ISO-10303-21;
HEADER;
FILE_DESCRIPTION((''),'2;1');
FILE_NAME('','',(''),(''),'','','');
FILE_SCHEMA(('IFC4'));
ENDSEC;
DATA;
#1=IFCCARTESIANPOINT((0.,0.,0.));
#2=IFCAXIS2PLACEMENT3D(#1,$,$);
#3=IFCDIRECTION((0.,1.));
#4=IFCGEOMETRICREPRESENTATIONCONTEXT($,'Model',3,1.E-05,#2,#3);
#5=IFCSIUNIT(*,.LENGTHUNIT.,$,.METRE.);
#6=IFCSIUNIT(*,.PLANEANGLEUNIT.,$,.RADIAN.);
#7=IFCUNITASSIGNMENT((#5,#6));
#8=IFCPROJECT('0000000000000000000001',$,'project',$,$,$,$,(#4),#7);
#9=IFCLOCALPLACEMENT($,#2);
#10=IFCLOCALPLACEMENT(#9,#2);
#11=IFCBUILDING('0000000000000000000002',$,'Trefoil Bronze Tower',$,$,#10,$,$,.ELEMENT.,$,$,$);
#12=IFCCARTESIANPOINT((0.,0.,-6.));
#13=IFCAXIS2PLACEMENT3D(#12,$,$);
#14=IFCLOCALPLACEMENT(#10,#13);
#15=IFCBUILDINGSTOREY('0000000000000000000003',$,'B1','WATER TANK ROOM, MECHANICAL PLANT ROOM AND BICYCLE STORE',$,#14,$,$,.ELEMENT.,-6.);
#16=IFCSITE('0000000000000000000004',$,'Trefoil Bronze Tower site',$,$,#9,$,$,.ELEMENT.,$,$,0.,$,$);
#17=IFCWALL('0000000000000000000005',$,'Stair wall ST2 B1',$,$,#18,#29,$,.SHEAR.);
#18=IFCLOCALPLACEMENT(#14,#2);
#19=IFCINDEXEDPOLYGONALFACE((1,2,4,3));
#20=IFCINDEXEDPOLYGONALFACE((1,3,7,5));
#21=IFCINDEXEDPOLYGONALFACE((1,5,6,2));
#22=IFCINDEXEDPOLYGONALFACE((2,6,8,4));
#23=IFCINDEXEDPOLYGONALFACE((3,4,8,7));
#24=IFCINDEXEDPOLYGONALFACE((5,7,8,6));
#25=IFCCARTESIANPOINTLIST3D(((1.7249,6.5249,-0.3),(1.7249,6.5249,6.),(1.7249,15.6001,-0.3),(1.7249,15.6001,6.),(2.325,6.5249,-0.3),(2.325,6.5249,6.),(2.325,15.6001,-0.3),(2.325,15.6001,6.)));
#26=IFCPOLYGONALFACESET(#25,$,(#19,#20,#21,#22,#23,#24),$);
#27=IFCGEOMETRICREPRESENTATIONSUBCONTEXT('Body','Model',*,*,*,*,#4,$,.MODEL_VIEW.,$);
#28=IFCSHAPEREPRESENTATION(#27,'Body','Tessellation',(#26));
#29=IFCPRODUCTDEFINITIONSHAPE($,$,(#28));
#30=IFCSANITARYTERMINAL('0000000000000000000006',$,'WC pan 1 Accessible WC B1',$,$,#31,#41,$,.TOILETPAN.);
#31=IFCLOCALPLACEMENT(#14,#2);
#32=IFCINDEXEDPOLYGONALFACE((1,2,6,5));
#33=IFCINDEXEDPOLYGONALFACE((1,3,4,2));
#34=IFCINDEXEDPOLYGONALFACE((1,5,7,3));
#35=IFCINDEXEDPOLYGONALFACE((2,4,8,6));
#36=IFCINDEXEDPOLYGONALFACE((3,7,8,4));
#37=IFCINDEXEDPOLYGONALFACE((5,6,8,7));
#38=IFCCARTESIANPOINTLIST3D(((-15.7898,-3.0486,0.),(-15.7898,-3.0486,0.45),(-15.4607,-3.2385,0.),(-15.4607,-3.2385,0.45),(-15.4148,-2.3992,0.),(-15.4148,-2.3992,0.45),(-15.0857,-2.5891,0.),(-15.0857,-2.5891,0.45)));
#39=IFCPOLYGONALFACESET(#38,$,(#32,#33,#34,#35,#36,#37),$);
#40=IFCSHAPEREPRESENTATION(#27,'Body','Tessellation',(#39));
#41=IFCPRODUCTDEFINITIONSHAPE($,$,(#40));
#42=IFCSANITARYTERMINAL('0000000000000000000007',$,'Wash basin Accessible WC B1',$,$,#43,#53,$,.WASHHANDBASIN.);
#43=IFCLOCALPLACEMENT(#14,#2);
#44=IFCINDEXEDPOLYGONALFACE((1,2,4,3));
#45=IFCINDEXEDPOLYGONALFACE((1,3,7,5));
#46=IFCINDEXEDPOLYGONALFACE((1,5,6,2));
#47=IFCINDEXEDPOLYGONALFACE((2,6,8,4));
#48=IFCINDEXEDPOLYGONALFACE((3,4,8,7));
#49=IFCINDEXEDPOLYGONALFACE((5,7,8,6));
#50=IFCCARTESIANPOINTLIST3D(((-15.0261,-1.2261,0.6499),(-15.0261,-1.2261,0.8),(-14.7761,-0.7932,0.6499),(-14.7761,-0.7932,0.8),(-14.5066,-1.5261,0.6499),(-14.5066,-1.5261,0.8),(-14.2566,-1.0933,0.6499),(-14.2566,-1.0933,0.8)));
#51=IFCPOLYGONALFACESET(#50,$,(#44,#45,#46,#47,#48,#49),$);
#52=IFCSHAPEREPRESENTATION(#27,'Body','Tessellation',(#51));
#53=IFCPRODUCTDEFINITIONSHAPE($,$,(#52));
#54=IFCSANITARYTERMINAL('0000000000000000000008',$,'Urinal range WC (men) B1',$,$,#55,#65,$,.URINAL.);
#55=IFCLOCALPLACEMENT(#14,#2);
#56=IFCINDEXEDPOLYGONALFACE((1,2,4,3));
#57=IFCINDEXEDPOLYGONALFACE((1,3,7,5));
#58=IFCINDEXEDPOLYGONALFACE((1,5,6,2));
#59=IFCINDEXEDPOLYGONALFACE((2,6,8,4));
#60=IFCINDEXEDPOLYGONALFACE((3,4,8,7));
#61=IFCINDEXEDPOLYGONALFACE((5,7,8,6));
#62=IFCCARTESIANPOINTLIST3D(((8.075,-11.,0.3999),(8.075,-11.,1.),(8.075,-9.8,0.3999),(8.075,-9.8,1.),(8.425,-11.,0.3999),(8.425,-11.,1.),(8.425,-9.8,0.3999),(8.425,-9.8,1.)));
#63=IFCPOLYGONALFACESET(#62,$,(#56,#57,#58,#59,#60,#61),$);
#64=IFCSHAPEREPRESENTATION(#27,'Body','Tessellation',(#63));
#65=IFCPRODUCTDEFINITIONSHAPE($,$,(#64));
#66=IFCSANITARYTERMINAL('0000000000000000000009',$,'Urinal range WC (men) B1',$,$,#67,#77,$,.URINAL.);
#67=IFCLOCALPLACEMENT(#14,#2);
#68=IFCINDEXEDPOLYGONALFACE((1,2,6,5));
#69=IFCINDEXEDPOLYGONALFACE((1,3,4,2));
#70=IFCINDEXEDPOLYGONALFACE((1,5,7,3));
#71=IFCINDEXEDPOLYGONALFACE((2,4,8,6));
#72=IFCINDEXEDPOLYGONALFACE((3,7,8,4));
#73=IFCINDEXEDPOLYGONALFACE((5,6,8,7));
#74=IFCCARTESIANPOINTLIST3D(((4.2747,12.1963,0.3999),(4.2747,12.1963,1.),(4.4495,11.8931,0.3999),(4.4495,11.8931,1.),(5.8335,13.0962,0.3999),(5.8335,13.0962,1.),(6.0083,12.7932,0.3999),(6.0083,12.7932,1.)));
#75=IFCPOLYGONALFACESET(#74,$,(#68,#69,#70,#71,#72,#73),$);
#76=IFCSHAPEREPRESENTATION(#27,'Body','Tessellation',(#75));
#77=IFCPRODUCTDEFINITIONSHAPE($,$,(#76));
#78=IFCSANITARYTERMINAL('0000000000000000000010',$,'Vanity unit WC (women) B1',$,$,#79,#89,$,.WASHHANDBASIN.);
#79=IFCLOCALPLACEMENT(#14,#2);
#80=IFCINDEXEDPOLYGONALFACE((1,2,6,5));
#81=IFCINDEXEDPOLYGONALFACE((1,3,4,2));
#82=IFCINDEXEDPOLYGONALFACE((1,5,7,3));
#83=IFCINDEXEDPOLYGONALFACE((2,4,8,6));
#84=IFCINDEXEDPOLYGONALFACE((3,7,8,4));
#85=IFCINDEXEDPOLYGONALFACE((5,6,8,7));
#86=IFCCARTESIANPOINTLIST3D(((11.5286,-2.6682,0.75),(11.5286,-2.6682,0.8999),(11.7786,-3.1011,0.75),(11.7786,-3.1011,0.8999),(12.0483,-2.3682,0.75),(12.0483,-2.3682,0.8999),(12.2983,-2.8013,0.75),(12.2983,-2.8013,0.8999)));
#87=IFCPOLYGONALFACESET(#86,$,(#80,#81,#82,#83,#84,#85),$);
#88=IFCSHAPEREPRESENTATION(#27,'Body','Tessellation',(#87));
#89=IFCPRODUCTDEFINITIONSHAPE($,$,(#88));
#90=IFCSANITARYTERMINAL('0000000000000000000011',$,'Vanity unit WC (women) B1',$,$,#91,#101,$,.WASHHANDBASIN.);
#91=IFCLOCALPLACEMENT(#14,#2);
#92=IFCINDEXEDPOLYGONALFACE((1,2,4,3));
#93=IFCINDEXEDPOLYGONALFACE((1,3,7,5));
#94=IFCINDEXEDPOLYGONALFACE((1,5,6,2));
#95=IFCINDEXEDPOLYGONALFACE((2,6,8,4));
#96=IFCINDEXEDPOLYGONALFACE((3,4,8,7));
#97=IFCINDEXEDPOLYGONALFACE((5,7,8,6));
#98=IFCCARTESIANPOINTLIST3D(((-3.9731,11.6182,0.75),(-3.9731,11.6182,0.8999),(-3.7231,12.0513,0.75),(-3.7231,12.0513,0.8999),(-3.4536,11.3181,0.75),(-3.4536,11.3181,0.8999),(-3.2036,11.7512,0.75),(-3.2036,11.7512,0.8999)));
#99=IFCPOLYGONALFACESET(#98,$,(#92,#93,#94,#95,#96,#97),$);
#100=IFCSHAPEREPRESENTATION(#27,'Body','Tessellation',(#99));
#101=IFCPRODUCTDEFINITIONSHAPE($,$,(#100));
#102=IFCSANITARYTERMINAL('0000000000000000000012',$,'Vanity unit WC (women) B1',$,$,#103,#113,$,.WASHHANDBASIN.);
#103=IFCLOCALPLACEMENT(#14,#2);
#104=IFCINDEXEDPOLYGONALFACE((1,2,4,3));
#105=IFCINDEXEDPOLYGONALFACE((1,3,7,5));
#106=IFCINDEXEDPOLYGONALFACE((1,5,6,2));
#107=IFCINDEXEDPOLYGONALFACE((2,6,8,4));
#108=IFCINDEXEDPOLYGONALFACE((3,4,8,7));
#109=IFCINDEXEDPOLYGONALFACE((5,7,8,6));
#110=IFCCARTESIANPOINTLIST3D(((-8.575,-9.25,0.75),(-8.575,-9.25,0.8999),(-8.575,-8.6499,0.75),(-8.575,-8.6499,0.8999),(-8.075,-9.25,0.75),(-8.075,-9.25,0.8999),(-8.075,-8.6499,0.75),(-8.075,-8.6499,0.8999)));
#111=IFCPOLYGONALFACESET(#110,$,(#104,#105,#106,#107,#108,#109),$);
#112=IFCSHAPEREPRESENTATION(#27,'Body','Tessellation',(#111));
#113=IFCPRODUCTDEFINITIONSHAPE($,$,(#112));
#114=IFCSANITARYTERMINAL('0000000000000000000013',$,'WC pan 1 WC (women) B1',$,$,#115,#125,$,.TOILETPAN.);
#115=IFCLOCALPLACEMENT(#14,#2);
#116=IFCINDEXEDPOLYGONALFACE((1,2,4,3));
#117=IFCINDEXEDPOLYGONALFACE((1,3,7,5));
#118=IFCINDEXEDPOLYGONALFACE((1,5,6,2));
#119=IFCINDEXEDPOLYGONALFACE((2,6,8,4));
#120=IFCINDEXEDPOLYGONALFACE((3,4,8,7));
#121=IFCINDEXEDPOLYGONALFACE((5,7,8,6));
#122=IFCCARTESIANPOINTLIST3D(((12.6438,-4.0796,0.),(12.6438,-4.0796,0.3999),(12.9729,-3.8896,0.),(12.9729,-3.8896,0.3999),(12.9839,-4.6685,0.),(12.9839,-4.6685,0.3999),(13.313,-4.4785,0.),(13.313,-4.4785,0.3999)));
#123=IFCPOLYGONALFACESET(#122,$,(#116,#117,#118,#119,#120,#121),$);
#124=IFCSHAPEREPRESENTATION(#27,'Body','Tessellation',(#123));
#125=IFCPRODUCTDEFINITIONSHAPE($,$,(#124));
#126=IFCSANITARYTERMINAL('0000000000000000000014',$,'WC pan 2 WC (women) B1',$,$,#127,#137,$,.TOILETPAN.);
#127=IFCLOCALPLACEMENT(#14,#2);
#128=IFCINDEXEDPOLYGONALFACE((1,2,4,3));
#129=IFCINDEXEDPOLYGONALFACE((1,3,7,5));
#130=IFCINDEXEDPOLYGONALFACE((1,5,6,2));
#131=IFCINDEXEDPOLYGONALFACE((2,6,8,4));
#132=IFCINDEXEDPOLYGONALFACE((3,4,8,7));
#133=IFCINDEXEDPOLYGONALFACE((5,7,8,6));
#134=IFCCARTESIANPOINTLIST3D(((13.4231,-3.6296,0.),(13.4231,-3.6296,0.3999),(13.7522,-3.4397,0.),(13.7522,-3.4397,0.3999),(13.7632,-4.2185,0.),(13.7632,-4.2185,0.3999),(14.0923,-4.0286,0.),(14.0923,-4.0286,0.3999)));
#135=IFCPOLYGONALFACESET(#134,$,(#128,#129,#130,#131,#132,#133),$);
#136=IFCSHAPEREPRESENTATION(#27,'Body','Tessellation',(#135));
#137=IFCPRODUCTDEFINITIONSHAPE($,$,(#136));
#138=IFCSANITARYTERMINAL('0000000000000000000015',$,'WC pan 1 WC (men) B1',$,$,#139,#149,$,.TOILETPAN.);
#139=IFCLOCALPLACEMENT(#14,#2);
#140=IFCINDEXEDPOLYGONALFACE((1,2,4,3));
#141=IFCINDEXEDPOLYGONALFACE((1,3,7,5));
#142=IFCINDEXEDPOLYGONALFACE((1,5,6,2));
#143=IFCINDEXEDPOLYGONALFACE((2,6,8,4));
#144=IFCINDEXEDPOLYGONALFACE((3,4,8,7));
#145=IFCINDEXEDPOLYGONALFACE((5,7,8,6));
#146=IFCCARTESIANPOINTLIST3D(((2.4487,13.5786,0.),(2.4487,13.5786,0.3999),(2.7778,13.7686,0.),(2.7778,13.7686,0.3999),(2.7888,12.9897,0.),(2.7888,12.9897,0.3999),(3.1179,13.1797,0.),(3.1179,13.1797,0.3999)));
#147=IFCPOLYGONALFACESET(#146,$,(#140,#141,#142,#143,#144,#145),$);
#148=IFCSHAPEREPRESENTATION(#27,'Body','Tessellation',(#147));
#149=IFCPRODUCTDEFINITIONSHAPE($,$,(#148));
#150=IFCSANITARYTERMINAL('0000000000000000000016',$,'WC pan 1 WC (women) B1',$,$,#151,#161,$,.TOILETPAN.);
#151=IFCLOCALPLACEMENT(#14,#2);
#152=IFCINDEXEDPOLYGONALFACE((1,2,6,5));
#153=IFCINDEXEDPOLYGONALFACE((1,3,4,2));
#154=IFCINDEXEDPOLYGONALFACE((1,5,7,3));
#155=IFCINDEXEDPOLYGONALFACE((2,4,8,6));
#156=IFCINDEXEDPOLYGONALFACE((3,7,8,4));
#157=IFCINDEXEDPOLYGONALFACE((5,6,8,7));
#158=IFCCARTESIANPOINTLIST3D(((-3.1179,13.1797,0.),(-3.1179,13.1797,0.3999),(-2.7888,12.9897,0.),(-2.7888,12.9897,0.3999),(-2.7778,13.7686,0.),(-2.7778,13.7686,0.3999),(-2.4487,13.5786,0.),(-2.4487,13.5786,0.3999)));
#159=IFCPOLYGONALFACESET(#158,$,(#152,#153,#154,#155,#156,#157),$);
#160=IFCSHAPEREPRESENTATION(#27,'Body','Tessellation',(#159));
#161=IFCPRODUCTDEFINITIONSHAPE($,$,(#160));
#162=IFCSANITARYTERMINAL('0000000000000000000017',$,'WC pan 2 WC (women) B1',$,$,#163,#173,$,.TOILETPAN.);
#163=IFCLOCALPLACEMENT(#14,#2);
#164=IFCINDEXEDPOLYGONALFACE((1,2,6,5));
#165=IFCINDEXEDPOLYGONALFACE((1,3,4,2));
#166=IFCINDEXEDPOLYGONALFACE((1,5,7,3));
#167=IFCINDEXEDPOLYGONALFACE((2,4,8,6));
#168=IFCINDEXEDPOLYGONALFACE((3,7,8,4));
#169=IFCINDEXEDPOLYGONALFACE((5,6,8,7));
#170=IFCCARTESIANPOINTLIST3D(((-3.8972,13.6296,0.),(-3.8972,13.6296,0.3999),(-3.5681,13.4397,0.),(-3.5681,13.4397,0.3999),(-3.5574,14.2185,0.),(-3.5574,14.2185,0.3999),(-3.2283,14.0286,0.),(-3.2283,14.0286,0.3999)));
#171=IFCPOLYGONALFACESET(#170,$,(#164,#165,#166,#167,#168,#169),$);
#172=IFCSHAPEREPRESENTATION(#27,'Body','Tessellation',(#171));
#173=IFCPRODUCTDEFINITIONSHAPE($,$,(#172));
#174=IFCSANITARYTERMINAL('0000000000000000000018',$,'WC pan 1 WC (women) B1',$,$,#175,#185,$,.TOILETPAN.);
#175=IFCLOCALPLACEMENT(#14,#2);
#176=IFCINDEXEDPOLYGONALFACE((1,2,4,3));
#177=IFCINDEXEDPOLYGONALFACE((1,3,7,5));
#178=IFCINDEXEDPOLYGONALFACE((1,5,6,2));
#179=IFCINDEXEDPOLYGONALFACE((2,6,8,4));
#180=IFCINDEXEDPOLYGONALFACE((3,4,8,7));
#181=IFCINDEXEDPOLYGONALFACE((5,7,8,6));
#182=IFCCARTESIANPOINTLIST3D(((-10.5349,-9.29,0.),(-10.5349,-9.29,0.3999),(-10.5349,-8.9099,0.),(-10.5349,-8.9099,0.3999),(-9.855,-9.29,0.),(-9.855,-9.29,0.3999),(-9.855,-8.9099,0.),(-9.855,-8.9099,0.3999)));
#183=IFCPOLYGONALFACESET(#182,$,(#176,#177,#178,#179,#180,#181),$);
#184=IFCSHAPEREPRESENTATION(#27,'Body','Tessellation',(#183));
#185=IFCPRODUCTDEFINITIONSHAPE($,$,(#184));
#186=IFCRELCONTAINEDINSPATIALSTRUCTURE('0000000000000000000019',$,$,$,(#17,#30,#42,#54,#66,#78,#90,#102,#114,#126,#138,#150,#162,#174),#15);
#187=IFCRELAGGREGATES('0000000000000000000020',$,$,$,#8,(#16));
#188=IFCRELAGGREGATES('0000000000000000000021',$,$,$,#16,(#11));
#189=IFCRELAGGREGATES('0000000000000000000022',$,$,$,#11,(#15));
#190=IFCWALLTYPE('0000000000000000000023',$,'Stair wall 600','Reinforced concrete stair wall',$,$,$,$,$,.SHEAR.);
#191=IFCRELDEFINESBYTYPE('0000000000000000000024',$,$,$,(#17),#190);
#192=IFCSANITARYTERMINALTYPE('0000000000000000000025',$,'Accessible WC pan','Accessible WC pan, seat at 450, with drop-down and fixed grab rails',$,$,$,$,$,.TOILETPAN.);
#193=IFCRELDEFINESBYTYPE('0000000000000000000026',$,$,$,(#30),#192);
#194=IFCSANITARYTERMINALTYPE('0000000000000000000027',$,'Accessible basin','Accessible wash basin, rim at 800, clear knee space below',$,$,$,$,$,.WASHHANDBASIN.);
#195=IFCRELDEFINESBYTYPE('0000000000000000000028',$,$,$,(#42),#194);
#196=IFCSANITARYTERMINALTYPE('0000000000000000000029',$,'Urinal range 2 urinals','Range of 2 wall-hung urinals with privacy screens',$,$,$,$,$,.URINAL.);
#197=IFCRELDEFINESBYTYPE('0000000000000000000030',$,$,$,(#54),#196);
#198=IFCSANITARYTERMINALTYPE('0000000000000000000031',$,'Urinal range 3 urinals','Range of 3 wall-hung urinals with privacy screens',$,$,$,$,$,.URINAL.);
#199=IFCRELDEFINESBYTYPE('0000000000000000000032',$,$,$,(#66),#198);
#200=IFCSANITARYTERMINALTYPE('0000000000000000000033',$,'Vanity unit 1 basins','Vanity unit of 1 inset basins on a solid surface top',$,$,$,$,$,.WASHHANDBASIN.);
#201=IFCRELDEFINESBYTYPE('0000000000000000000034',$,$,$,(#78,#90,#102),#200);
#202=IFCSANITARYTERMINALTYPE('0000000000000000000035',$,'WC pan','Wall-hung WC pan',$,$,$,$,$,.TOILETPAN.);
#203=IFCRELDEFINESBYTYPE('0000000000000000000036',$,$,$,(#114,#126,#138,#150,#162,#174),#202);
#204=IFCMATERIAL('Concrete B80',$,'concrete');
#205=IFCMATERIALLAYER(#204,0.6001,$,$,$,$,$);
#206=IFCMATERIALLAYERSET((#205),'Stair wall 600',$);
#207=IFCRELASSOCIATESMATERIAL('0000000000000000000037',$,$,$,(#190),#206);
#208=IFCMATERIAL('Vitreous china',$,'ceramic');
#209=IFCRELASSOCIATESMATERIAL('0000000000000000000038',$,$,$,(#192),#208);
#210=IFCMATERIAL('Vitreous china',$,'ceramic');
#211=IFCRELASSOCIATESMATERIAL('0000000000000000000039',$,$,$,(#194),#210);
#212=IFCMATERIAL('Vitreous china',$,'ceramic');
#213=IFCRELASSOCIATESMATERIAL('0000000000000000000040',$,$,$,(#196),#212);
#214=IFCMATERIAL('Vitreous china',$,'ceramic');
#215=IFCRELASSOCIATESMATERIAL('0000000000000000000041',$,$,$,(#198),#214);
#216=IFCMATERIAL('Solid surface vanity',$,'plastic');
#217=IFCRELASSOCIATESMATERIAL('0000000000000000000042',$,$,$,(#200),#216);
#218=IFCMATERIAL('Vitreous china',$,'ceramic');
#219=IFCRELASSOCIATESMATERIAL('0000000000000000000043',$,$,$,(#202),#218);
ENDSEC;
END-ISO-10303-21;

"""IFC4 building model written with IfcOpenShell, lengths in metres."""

from ifc_helpers import new_model, si_unit, direction, frame, frame_2d, origin, place, context, subcontext, project, spatial, polyline, rectangle, outline, extrude, material, layer, layer_set, type_object, element, save


model = new_model("IFC4")

# Units and contexts
model_context = context("Model", 3, precision=1e-05, world=origin(), true_north=direction((0.0, 1.0)))
body_context = subcontext(model_context, "Body", "Model", "MODEL_VIEW")
ifc_project = project(units=[si_unit("LENGTHUNIT", "METRE"), si_unit("PLANEANGLEUNIT", "RADIAN")], contexts=[model_context])

# Site, building, storey
site_placement = place(None, origin())
site = spatial("IfcSite", under=ifc_project, at=site_placement, Name="Trefoil Bronze Tower site", CompositionType="ELEMENT", RefElevation=0.0)
building_placement = place(site_placement, origin())
building = spatial("IfcBuilding", under=site, at=building_placement, Name="Trefoil Bronze Tower", CompositionType="ELEMENT")
storey_placement = place(building_placement, frame((0.0, 0.0, -6.0)))
storey = spatial("IfcBuildingStorey", under=building, at=storey_placement, Name="B1", Description="WATER TANK ROOM, MECHANICAL PLANT ROOM AND BICYCLE STORE", CompositionType="ELEMENT", Elevation=-6.0)

# Wall
ifc_material_1 = material(Name="Concrete B80", Category="concrete")
ifc_layer_1 = layer(ifc_material_1, 0.6001)
ifc_layer_set_1 = layer_set([ifc_layer_1], Name="Stair wall 600")
wall_type_1 = type_object("IfcWallType", Name="Stair wall 600", Description="Reinforced concrete stair wall", PredefinedType="SHEAR", material=ifc_layer_set_1)
wall_1_placement = place(storey_placement, frame((2.0249, 6.5249, -0.3), z_axis=(0.0, 0.0, 1.0), x_axis=(0.0, 1.0, 0.0)))
element("IfcWall", 1, at=wall_1_placement, inside=storey, type_object=wall_type_1, Name="Stair wall ST2 B1", PredefinedType="SHEAR", context=body_context, shape_type="SweptSolid", body=[
    extrude(rectangle(XDim=9.0752, YDim=0.6001, at=frame_2d((4.5376, 0.0))), origin(), (0.0, 0.0, 1.0), 6.3),
])

# Sanitary terminals
ifc_material_2 = material(Name="Vitreous china", Category="ceramic")
sanitary_terminal_type_1 = type_object("IfcSanitaryTerminalType", Name="Accessible WC pan", Description="Accessible WC pan, seat at 450, with drop-down and fixed grab rails", PredefinedType="TOILETPAN", material=ifc_material_2)
sanitary_terminal_1_placement = place(storey_placement, origin())
element("IfcSanitaryTerminal", 2, at=sanitary_terminal_1_placement, inside=storey, type_object=sanitary_terminal_type_1, Name="WC pan 1 Accessible WC B1", PredefinedType="TOILETPAN", context=body_context, shape_type="SweptSolid", body=[
    extrude(outline(polyline([(-15.0857, -2.5891), (-15.4607, -3.2385), (-15.7898, -3.0486), (-15.4148, -2.3992), (-15.0857, -2.5891)])), origin(), (0.0, 0.0, 1.0), 0.45),
])
ifc_material_3 = material(Name="Vitreous china", Category="ceramic")
sanitary_terminal_type_2 = type_object("IfcSanitaryTerminalType", Name="Accessible basin", Description="Accessible wash basin, rim at 800, clear knee space below", PredefinedType="WASHHANDBASIN", material=ifc_material_3)
sanitary_terminal_2_placement = place(storey_placement, frame((0.0, 0.0, 0.6499)))
element("IfcSanitaryTerminal", 3, at=sanitary_terminal_2_placement, inside=storey, type_object=sanitary_terminal_type_2, Name="Wash basin Accessible WC B1", PredefinedType="WASHHANDBASIN", context=body_context, shape_type="SweptSolid", body=[
    extrude(outline(polyline([(-14.2566, -1.0933), (-14.5066, -1.5261), (-15.0261, -1.2261), (-14.7761, -0.7932), (-14.2566, -1.0933)])), origin(), (0.0, 0.0, 1.0), 0.1501),
])
ifc_material_4 = material(Name="Vitreous china", Category="ceramic")
sanitary_terminal_type_3 = type_object("IfcSanitaryTerminalType", Name="Urinal range 2 urinals", Description="Range of 2 wall-hung urinals with privacy screens", PredefinedType="URINAL", material=ifc_material_4)
sanitary_terminal_3_placement = place(storey_placement, frame((0.0, 0.0, 0.3999)))
element("IfcSanitaryTerminal", 4, at=sanitary_terminal_3_placement, inside=storey, type_object=sanitary_terminal_type_3, Name="Urinal range WC (men) B1", PredefinedType="URINAL", context=body_context, shape_type="SweptSolid", body=[
    extrude(outline(polyline([(8.075, -9.8), (8.425, -9.8), (8.425, -11.0), (8.075, -11.0), (8.075, -9.8)])), origin(), (0.0, 0.0, 1.0), 0.6001),
])
ifc_material_5 = material(Name="Vitreous china", Category="ceramic")
sanitary_terminal_type_4 = type_object("IfcSanitaryTerminalType", Name="Urinal range 3 urinals", Description="Range of 3 wall-hung urinals with privacy screens", PredefinedType="URINAL", material=ifc_material_5)
sanitary_terminal_4_placement = place(storey_placement, frame((0.0, 0.0, 0.3999)))
element("IfcSanitaryTerminal", 5, at=sanitary_terminal_4_placement, inside=storey, type_object=sanitary_terminal_type_4, Name="Urinal range WC (men) B1", PredefinedType="URINAL", context=body_context, shape_type="SweptSolid", body=[
    extrude(outline(polyline([(4.4495, 11.8931), (4.2747, 12.1963), (5.8335, 13.0962), (6.0083, 12.7932), (4.4495, 11.8931)])), origin(), (0.0, 0.0, 1.0), 0.6001),
])
ifc_material_6 = material(Name="Solid surface vanity", Category="plastic")
sanitary_terminal_type_5 = type_object("IfcSanitaryTerminalType", Name="Vanity unit 1 basins", Description="Vanity unit of 1 inset basins on a solid surface top", PredefinedType="WASHHANDBASIN", material=ifc_material_6)
sanitary_terminal_5_placement = place(storey_placement, frame((0.0, 0.0, 0.75)))
element("IfcSanitaryTerminal", 6, at=sanitary_terminal_5_placement, inside=storey, type_object=sanitary_terminal_type_5, Name="Vanity unit WC (women) B1", PredefinedType="WASHHANDBASIN", context=body_context, shape_type="SweptSolid", body=[
    extrude(outline(polyline([(11.5286, -2.6682), (11.7786, -3.1011), (12.2983, -2.8013), (12.0483, -2.3682), (11.5286, -2.6682)])), origin(), (0.0, 0.0, 1.0), 0.1499),
])
sanitary_terminal_6_placement = place(storey_placement, frame((0.0, 0.0, 0.75)))
element("IfcSanitaryTerminal", 7, at=sanitary_terminal_6_placement, inside=storey, type_object=sanitary_terminal_type_5, Name="Vanity unit WC (women) B1", PredefinedType="WASHHANDBASIN", context=body_context, shape_type="SweptSolid", body=[
    extrude(outline(polyline([(-3.4536, 11.3181), (-3.2036, 11.7512), (-3.7231, 12.0513), (-3.9731, 11.6182), (-3.4536, 11.3181)])), origin(), (0.0, 0.0, 1.0), 0.1499),
])
sanitary_terminal_7_placement = place(storey_placement, frame((0.0, 0.0, 0.75)))
element("IfcSanitaryTerminal", 8, at=sanitary_terminal_7_placement, inside=storey, type_object=sanitary_terminal_type_5, Name="Vanity unit WC (women) B1", PredefinedType="WASHHANDBASIN", context=body_context, shape_type="SweptSolid", body=[
    extrude(outline(polyline([(-8.075, -8.6499), (-8.575, -8.6499), (-8.575, -9.25), (-8.075, -9.25), (-8.075, -8.6499)])), origin(), (0.0, 0.0, 1.0), 0.1499),
])
ifc_material_7 = material(Name="Vitreous china", Category="ceramic")
sanitary_terminal_type_6 = type_object("IfcSanitaryTerminalType", Name="WC pan", Description="Wall-hung WC pan", PredefinedType="TOILETPAN", material=ifc_material_7)
sanitary_terminal_8_placement = place(storey_placement, origin())
element("IfcSanitaryTerminal", 9, at=sanitary_terminal_8_placement, inside=storey, type_object=sanitary_terminal_type_6, Name="WC pan 1 WC (women) B1", PredefinedType="TOILETPAN", context=body_context, shape_type="SweptSolid", body=[
    extrude(outline(polyline([(12.6438, -4.0796), (12.9839, -4.6685), (13.313, -4.4785), (12.9729, -3.8896), (12.6438, -4.0796)])), origin(), (0.0, 0.0, 1.0), 0.3999),
])
sanitary_terminal_9_placement = place(storey_placement, origin())
element("IfcSanitaryTerminal", 10, at=sanitary_terminal_9_placement, inside=storey, type_object=sanitary_terminal_type_6, Name="WC pan 2 WC (women) B1", PredefinedType="TOILETPAN", context=body_context, shape_type="SweptSolid", body=[
    extrude(outline(polyline([(13.4231, -3.6296), (13.7632, -4.2185), (14.0923, -4.0286), (13.7522, -3.4397), (13.4231, -3.6296)])), origin(), (0.0, 0.0, 1.0), 0.3999),
])
sanitary_terminal_10_placement = place(storey_placement, origin())
element("IfcSanitaryTerminal", 11, at=sanitary_terminal_10_placement, inside=storey, type_object=sanitary_terminal_type_6, Name="WC pan 1 WC (men) B1", PredefinedType="TOILETPAN", context=body_context, shape_type="SweptSolid", body=[
    extrude(outline(polyline([(2.7888, 12.9897), (2.4487, 13.5786), (2.7778, 13.7686), (3.1179, 13.1797), (2.7888, 12.9897)])), origin(), (0.0, 0.0, 1.0), 0.3999),
])
sanitary_terminal_11_placement = place(storey_placement, origin())
element("IfcSanitaryTerminal", 12, at=sanitary_terminal_11_placement, inside=storey, type_object=sanitary_terminal_type_6, Name="WC pan 1 WC (women) B1", PredefinedType="TOILETPAN", context=body_context, shape_type="SweptSolid", body=[
    extrude(outline(polyline([(-2.7888, 12.9897), (-2.4487, 13.5786), (-2.7778, 13.7686), (-3.1179, 13.1797), (-2.7888, 12.9897)])), origin(), (0.0, 0.0, 1.0), 0.3999),
])
sanitary_terminal_12_placement = place(storey_placement, origin())
element("IfcSanitaryTerminal", 13, at=sanitary_terminal_12_placement, inside=storey, type_object=sanitary_terminal_type_6, Name="WC pan 2 WC (women) B1", PredefinedType="TOILETPAN", context=body_context, shape_type="SweptSolid", body=[
    extrude(outline(polyline([(-3.5681, 13.4397), (-3.2283, 14.0286), (-3.5574, 14.2185), (-3.8972, 13.6296), (-3.5681, 13.4397)])), origin(), (0.0, 0.0, 1.0), 0.3999),
])
sanitary_terminal_13_placement = place(storey_placement, origin())
element("IfcSanitaryTerminal", 14, at=sanitary_terminal_13_placement, inside=storey, type_object=sanitary_terminal_type_6, Name="WC pan 1 WC (women) B1", PredefinedType="TOILETPAN", context=body_context, shape_type="SweptSolid", body=[
    extrude(outline(polyline([(-9.855, -8.9099), (-10.5349, -8.9099), (-10.5349, -9.29), (-9.855, -9.29), (-9.855, -8.9099)])), origin(), (0.0, 0.0, 1.0), 0.3999),
])

save(model, "model.ifc")
